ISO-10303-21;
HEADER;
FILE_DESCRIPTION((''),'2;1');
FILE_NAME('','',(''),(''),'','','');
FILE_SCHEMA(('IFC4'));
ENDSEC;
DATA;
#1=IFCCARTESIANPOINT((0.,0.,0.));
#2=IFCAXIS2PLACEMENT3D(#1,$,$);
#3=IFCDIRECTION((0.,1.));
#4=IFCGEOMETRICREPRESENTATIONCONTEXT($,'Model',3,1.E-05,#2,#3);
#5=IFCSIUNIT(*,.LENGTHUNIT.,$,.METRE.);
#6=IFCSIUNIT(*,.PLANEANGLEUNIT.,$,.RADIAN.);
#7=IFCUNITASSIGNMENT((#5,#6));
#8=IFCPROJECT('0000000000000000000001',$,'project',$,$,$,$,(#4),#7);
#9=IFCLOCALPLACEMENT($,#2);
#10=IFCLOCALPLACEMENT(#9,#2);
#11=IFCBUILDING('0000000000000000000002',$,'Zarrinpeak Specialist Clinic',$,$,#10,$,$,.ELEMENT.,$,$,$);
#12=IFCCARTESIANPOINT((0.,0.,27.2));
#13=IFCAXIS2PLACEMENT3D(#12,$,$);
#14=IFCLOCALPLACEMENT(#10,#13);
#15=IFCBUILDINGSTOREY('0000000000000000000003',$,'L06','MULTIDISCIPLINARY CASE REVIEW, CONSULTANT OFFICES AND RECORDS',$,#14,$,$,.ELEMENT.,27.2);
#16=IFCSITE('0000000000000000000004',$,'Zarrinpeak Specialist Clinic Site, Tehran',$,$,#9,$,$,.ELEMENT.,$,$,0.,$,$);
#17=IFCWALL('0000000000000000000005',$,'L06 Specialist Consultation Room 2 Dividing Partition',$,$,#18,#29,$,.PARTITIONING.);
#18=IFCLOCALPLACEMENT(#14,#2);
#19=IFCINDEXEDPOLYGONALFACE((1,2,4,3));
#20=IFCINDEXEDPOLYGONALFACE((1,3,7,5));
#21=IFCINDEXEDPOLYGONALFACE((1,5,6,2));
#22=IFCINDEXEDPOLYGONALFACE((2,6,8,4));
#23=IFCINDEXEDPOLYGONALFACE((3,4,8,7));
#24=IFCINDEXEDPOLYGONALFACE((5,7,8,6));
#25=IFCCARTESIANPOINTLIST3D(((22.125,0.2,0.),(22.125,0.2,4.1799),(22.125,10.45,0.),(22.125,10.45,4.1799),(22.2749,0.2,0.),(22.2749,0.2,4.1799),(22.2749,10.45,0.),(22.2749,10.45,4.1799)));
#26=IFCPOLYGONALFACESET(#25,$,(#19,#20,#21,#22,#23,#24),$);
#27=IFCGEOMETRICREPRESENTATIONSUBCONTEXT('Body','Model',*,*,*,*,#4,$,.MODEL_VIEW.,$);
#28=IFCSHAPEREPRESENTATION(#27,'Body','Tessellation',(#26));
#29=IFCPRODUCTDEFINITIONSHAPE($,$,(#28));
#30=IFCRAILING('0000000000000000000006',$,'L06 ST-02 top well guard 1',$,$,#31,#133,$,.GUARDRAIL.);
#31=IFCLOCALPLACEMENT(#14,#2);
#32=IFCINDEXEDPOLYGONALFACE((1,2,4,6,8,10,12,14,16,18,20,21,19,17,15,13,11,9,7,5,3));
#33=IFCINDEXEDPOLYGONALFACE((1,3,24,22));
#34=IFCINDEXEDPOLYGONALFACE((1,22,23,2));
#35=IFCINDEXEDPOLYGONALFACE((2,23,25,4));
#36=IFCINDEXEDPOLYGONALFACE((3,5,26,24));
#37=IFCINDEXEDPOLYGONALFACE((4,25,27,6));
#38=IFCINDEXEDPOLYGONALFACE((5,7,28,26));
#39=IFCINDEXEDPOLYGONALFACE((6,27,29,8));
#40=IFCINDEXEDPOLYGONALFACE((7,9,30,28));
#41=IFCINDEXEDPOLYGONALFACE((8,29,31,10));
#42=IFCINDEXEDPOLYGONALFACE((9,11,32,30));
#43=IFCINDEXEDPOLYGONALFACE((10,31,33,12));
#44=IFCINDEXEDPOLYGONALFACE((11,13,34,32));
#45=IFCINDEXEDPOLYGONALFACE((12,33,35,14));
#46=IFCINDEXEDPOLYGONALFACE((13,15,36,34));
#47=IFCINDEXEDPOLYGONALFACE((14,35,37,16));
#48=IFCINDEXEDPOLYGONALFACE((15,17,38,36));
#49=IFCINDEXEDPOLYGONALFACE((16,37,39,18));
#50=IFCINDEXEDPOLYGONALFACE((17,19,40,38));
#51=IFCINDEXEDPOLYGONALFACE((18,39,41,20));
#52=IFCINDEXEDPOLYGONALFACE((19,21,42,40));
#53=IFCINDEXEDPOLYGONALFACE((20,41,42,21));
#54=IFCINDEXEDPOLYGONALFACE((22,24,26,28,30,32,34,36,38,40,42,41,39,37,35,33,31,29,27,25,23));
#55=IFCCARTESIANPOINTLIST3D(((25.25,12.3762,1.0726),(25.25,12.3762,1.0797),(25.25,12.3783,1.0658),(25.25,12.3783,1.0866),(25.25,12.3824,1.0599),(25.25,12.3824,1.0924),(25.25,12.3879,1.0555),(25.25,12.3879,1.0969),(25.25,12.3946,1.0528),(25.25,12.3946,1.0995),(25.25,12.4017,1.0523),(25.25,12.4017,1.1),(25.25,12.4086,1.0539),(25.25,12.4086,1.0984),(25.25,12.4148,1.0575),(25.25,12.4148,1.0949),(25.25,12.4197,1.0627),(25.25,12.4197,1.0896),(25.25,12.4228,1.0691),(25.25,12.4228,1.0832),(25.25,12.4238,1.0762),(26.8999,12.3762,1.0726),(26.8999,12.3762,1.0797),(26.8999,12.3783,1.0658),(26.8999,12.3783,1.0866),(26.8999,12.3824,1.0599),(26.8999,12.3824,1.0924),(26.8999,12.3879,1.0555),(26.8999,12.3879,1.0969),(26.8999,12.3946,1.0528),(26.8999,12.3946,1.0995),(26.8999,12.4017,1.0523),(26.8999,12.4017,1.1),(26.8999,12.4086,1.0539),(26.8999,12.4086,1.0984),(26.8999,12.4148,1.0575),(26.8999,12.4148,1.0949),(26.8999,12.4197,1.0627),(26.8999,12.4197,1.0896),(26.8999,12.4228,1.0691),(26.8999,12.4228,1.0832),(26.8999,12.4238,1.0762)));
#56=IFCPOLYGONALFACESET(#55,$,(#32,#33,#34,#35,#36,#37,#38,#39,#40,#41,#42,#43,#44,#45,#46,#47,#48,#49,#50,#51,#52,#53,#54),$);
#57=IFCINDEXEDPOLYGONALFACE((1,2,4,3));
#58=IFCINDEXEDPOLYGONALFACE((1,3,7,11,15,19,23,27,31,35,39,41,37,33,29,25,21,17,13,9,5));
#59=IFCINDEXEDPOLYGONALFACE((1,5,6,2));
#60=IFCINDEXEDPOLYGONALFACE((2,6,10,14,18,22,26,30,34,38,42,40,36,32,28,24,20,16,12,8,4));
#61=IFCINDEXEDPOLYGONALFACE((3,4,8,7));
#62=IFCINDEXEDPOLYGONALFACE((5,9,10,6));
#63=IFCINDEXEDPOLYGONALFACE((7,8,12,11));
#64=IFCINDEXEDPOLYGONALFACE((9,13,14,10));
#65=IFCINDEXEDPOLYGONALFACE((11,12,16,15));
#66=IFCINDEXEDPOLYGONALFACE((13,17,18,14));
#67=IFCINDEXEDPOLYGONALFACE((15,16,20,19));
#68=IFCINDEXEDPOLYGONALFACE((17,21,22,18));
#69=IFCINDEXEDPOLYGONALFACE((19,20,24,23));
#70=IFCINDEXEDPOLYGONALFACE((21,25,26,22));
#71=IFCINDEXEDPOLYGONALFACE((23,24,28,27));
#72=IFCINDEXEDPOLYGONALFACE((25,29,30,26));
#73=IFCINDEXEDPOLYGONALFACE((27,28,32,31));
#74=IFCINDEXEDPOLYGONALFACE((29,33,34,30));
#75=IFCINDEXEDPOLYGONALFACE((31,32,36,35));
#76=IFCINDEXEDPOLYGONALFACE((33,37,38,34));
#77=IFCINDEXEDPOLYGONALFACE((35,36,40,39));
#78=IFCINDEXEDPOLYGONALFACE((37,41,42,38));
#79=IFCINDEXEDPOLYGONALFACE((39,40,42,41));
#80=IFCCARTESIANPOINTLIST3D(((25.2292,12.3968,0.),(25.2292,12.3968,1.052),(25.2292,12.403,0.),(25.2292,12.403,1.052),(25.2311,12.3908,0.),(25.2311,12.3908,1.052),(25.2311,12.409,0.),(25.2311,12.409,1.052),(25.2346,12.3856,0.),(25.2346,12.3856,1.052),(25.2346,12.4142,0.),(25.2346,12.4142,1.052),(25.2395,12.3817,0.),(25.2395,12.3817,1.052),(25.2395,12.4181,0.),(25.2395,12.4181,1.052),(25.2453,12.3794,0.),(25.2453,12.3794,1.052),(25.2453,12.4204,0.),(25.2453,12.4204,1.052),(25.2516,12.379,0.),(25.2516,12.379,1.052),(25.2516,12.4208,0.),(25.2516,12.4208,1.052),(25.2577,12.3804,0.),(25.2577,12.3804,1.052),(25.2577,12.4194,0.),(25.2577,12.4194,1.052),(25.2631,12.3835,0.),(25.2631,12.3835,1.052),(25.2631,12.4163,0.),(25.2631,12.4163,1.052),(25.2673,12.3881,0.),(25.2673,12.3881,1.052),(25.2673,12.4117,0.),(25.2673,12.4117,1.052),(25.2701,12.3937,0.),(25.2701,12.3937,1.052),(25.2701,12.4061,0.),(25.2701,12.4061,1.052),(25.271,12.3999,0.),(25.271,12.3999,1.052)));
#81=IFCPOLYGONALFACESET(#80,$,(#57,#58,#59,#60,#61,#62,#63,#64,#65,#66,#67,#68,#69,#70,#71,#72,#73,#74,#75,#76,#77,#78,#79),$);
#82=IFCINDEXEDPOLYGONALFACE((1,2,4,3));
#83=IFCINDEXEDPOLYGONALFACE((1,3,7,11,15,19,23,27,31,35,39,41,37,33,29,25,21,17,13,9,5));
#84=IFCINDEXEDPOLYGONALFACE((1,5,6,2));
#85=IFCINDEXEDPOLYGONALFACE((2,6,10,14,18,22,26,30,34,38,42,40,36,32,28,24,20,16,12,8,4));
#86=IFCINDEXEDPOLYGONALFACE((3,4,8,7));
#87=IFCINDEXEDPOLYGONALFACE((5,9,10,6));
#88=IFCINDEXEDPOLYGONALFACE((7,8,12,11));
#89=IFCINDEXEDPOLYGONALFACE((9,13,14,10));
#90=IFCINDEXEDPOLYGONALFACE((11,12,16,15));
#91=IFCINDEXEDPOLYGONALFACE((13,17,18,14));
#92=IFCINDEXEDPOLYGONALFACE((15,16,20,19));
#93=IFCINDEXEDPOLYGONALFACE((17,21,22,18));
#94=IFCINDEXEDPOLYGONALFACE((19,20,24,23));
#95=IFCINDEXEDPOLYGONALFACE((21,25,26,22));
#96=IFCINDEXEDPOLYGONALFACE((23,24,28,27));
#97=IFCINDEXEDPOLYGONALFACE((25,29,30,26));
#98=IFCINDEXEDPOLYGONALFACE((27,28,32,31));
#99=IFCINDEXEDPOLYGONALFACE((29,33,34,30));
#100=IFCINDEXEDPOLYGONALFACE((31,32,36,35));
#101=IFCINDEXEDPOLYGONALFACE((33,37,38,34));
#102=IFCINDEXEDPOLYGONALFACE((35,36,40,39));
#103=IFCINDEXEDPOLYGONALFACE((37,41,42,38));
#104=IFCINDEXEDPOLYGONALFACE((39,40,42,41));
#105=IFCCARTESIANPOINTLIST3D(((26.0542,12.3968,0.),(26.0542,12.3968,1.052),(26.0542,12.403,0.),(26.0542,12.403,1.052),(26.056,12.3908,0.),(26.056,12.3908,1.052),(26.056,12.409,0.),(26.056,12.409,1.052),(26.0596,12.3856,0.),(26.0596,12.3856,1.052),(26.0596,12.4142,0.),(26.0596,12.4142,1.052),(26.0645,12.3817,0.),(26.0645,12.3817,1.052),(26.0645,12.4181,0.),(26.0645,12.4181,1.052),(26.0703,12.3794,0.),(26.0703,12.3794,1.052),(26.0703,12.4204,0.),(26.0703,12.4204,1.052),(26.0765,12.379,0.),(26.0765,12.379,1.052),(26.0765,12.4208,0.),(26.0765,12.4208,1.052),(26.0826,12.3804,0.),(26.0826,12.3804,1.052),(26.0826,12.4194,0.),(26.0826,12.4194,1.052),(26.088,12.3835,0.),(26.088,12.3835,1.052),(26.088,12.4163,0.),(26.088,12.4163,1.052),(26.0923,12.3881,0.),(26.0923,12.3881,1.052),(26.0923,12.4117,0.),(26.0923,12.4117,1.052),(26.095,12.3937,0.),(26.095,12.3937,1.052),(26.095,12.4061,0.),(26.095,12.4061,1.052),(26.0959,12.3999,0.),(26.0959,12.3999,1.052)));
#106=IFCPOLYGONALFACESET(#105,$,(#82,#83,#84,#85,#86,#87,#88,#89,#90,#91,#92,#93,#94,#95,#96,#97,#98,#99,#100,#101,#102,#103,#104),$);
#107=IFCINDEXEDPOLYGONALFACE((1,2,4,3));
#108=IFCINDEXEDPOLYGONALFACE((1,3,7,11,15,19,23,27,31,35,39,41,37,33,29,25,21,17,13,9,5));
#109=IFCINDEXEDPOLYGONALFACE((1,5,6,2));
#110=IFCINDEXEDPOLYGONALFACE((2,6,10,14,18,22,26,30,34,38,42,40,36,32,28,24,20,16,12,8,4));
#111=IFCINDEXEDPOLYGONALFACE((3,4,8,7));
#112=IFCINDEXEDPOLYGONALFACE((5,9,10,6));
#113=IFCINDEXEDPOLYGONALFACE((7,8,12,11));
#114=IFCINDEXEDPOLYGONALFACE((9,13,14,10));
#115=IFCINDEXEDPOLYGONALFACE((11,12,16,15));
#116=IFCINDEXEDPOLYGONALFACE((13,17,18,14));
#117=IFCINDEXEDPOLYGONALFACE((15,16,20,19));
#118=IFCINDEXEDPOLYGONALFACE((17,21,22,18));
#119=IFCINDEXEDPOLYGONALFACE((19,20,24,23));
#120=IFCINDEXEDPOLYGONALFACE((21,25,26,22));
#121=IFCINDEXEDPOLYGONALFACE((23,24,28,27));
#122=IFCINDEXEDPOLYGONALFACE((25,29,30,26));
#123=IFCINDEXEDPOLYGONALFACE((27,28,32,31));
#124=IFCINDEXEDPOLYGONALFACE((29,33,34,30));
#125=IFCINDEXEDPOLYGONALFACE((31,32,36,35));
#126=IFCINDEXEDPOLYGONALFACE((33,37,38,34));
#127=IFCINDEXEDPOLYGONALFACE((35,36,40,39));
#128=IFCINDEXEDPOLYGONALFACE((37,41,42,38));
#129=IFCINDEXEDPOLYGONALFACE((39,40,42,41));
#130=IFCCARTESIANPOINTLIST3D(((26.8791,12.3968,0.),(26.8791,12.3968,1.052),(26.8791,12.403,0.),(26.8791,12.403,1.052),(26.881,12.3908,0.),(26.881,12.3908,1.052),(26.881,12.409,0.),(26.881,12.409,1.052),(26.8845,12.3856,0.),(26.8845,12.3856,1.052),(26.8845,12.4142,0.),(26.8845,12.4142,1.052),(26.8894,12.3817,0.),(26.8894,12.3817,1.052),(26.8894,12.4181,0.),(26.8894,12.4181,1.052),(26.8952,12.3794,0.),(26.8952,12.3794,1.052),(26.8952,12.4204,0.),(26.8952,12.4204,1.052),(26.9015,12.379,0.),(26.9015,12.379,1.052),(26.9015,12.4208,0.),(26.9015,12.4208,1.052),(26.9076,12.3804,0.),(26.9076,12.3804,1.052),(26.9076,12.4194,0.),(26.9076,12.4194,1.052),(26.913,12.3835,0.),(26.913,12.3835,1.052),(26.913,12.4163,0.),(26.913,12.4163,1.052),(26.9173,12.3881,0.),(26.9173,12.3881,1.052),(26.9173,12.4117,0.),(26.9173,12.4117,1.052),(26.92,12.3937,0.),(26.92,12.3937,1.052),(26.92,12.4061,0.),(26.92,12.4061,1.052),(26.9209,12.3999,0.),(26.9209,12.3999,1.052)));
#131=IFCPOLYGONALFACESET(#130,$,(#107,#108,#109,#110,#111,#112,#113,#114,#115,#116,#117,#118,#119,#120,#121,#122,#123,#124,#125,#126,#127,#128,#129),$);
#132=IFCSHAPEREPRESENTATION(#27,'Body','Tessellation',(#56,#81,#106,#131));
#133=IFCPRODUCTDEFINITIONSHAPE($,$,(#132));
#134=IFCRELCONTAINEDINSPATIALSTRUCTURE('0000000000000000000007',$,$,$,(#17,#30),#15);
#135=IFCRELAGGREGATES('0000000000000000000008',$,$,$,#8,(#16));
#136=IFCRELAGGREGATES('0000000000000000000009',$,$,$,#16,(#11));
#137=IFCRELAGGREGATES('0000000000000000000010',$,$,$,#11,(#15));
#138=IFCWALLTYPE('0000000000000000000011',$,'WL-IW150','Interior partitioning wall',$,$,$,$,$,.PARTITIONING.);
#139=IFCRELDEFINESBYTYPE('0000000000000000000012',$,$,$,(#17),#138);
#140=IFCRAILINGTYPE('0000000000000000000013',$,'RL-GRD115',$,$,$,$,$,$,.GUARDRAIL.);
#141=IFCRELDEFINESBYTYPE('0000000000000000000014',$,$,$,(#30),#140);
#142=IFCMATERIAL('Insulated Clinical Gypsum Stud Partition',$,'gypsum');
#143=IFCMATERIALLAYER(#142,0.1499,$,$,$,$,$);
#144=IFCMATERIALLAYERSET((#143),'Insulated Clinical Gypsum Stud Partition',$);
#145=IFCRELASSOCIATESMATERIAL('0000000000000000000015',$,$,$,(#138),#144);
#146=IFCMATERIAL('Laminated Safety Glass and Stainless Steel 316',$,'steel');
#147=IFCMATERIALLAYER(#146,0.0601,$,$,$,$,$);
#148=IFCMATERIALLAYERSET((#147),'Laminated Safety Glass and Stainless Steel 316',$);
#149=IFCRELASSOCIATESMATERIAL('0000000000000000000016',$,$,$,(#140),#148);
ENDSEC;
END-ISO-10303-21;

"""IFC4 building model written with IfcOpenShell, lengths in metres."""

from ifc_helpers import new_model, si_unit, direction, frame, frame_2d, origin, origin_2d, place, context, subcontext, project, spatial, rectangle, circle, extrude, material, layer, layer_set, type_object, element, save


model = new_model("IFC4")

# Units and contexts
model_context = context("Model", 3, precision=1e-05, world=origin(), true_north=direction((0.0, 1.0)))
body_context = subcontext(model_context, "Body", "Model", "MODEL_VIEW")
ifc_project = project(units=[si_unit("LENGTHUNIT", "METRE"), si_unit("PLANEANGLEUNIT", "RADIAN")], contexts=[model_context])

# Site, building, storey
site_placement = place(None, origin())
site = spatial("IfcSite", under=ifc_project, at=site_placement, Name="Zarrinpeak Specialist Clinic Site, Tehran", CompositionType="ELEMENT", RefElevation=0.0)
building_placement = place(site_placement, origin())
building = spatial("IfcBuilding", under=site, at=building_placement, Name="Zarrinpeak Specialist Clinic", CompositionType="ELEMENT")
storey_placement = place(building_placement, frame((0.0, 0.0, 27.2)))
storey = spatial("IfcBuildingStorey", under=building, at=storey_placement, Name="L06", Description="MULTIDISCIPLINARY CASE REVIEW, CONSULTANT OFFICES AND RECORDS", CompositionType="ELEMENT", Elevation=27.2)

# Wall
ifc_material_1 = material(Name="Insulated Clinical Gypsum Stud Partition", Category="gypsum")
ifc_layer_1 = layer(ifc_material_1, 0.1499)
ifc_layer_set_1 = layer_set([ifc_layer_1], Name="Insulated Clinical Gypsum Stud Partition")
wall_type_1 = type_object("IfcWallType", Name="WL-IW150", Description="Interior partitioning wall", PredefinedType="PARTITIONING", material=ifc_layer_set_1)
wall_1_placement = place(storey_placement, frame((22.2, 0.2, 0.0), z_axis=(0.0, 0.0, 1.0), x_axis=(0.0, 1.0, 0.0)))
element("IfcWall", 1, at=wall_1_placement, inside=storey, type_object=wall_type_1, Name="L06 Specialist Consultation Room 2 Dividing Partition", PredefinedType="PARTITIONING", context=body_context, shape_type="SweptSolid", body=[
    extrude(rectangle(XDim=10.25, YDim=0.1499, at=frame_2d((5.125, 0.0))), origin(), (0.0, 0.0, 1.0), 4.1799),
])

# Railing
ifc_material_2 = material(Name="Laminated Safety Glass and Stainless Steel 316", Category="steel")
ifc_layer_2 = layer(ifc_material_2, 0.0601)
ifc_layer_set_2 = layer_set([ifc_layer_2], Name="Laminated Safety Glass and Stainless Steel 316")
railing_type = type_object("IfcRailingType", Name="RL-GRD115", PredefinedType="GUARDRAIL", material=ifc_layer_set_2)
railing_placement = place(storey_placement, frame((25.25, 12.3999, 0.0)))
element("IfcRailing", 2, at=railing_placement, inside=storey, type_object=railing_type, Name="L06 ST-02 top well guard 1", PredefinedType="GUARDRAIL", context=body_context, shape_type="SweptSolid", body=[
    extrude(circle(Radius=0.0239, at=origin_2d()), frame((0.0, 0.0, 1.0762), z_axis=(1.0, 0.0, 0.0), x_axis=(0.0, 1.0, 0.0)), (0.0, 0.0, 1.0), 1.6499),
    extrude(circle(Radius=0.021, at=origin_2d()), origin(), (0.0, 0.0, 1.0), 1.052),
    extrude(circle(Radius=0.021, at=origin_2d()), frame((0.825, 0.0, 0.0)), (0.0, 0.0, 1.0), 1.052),
    extrude(circle(Radius=0.021, at=origin_2d()), frame((1.6499, 0.0, 0.0)), (0.0, 0.0, 1.0), 1.052),
])

save(model, "model.ifc")
